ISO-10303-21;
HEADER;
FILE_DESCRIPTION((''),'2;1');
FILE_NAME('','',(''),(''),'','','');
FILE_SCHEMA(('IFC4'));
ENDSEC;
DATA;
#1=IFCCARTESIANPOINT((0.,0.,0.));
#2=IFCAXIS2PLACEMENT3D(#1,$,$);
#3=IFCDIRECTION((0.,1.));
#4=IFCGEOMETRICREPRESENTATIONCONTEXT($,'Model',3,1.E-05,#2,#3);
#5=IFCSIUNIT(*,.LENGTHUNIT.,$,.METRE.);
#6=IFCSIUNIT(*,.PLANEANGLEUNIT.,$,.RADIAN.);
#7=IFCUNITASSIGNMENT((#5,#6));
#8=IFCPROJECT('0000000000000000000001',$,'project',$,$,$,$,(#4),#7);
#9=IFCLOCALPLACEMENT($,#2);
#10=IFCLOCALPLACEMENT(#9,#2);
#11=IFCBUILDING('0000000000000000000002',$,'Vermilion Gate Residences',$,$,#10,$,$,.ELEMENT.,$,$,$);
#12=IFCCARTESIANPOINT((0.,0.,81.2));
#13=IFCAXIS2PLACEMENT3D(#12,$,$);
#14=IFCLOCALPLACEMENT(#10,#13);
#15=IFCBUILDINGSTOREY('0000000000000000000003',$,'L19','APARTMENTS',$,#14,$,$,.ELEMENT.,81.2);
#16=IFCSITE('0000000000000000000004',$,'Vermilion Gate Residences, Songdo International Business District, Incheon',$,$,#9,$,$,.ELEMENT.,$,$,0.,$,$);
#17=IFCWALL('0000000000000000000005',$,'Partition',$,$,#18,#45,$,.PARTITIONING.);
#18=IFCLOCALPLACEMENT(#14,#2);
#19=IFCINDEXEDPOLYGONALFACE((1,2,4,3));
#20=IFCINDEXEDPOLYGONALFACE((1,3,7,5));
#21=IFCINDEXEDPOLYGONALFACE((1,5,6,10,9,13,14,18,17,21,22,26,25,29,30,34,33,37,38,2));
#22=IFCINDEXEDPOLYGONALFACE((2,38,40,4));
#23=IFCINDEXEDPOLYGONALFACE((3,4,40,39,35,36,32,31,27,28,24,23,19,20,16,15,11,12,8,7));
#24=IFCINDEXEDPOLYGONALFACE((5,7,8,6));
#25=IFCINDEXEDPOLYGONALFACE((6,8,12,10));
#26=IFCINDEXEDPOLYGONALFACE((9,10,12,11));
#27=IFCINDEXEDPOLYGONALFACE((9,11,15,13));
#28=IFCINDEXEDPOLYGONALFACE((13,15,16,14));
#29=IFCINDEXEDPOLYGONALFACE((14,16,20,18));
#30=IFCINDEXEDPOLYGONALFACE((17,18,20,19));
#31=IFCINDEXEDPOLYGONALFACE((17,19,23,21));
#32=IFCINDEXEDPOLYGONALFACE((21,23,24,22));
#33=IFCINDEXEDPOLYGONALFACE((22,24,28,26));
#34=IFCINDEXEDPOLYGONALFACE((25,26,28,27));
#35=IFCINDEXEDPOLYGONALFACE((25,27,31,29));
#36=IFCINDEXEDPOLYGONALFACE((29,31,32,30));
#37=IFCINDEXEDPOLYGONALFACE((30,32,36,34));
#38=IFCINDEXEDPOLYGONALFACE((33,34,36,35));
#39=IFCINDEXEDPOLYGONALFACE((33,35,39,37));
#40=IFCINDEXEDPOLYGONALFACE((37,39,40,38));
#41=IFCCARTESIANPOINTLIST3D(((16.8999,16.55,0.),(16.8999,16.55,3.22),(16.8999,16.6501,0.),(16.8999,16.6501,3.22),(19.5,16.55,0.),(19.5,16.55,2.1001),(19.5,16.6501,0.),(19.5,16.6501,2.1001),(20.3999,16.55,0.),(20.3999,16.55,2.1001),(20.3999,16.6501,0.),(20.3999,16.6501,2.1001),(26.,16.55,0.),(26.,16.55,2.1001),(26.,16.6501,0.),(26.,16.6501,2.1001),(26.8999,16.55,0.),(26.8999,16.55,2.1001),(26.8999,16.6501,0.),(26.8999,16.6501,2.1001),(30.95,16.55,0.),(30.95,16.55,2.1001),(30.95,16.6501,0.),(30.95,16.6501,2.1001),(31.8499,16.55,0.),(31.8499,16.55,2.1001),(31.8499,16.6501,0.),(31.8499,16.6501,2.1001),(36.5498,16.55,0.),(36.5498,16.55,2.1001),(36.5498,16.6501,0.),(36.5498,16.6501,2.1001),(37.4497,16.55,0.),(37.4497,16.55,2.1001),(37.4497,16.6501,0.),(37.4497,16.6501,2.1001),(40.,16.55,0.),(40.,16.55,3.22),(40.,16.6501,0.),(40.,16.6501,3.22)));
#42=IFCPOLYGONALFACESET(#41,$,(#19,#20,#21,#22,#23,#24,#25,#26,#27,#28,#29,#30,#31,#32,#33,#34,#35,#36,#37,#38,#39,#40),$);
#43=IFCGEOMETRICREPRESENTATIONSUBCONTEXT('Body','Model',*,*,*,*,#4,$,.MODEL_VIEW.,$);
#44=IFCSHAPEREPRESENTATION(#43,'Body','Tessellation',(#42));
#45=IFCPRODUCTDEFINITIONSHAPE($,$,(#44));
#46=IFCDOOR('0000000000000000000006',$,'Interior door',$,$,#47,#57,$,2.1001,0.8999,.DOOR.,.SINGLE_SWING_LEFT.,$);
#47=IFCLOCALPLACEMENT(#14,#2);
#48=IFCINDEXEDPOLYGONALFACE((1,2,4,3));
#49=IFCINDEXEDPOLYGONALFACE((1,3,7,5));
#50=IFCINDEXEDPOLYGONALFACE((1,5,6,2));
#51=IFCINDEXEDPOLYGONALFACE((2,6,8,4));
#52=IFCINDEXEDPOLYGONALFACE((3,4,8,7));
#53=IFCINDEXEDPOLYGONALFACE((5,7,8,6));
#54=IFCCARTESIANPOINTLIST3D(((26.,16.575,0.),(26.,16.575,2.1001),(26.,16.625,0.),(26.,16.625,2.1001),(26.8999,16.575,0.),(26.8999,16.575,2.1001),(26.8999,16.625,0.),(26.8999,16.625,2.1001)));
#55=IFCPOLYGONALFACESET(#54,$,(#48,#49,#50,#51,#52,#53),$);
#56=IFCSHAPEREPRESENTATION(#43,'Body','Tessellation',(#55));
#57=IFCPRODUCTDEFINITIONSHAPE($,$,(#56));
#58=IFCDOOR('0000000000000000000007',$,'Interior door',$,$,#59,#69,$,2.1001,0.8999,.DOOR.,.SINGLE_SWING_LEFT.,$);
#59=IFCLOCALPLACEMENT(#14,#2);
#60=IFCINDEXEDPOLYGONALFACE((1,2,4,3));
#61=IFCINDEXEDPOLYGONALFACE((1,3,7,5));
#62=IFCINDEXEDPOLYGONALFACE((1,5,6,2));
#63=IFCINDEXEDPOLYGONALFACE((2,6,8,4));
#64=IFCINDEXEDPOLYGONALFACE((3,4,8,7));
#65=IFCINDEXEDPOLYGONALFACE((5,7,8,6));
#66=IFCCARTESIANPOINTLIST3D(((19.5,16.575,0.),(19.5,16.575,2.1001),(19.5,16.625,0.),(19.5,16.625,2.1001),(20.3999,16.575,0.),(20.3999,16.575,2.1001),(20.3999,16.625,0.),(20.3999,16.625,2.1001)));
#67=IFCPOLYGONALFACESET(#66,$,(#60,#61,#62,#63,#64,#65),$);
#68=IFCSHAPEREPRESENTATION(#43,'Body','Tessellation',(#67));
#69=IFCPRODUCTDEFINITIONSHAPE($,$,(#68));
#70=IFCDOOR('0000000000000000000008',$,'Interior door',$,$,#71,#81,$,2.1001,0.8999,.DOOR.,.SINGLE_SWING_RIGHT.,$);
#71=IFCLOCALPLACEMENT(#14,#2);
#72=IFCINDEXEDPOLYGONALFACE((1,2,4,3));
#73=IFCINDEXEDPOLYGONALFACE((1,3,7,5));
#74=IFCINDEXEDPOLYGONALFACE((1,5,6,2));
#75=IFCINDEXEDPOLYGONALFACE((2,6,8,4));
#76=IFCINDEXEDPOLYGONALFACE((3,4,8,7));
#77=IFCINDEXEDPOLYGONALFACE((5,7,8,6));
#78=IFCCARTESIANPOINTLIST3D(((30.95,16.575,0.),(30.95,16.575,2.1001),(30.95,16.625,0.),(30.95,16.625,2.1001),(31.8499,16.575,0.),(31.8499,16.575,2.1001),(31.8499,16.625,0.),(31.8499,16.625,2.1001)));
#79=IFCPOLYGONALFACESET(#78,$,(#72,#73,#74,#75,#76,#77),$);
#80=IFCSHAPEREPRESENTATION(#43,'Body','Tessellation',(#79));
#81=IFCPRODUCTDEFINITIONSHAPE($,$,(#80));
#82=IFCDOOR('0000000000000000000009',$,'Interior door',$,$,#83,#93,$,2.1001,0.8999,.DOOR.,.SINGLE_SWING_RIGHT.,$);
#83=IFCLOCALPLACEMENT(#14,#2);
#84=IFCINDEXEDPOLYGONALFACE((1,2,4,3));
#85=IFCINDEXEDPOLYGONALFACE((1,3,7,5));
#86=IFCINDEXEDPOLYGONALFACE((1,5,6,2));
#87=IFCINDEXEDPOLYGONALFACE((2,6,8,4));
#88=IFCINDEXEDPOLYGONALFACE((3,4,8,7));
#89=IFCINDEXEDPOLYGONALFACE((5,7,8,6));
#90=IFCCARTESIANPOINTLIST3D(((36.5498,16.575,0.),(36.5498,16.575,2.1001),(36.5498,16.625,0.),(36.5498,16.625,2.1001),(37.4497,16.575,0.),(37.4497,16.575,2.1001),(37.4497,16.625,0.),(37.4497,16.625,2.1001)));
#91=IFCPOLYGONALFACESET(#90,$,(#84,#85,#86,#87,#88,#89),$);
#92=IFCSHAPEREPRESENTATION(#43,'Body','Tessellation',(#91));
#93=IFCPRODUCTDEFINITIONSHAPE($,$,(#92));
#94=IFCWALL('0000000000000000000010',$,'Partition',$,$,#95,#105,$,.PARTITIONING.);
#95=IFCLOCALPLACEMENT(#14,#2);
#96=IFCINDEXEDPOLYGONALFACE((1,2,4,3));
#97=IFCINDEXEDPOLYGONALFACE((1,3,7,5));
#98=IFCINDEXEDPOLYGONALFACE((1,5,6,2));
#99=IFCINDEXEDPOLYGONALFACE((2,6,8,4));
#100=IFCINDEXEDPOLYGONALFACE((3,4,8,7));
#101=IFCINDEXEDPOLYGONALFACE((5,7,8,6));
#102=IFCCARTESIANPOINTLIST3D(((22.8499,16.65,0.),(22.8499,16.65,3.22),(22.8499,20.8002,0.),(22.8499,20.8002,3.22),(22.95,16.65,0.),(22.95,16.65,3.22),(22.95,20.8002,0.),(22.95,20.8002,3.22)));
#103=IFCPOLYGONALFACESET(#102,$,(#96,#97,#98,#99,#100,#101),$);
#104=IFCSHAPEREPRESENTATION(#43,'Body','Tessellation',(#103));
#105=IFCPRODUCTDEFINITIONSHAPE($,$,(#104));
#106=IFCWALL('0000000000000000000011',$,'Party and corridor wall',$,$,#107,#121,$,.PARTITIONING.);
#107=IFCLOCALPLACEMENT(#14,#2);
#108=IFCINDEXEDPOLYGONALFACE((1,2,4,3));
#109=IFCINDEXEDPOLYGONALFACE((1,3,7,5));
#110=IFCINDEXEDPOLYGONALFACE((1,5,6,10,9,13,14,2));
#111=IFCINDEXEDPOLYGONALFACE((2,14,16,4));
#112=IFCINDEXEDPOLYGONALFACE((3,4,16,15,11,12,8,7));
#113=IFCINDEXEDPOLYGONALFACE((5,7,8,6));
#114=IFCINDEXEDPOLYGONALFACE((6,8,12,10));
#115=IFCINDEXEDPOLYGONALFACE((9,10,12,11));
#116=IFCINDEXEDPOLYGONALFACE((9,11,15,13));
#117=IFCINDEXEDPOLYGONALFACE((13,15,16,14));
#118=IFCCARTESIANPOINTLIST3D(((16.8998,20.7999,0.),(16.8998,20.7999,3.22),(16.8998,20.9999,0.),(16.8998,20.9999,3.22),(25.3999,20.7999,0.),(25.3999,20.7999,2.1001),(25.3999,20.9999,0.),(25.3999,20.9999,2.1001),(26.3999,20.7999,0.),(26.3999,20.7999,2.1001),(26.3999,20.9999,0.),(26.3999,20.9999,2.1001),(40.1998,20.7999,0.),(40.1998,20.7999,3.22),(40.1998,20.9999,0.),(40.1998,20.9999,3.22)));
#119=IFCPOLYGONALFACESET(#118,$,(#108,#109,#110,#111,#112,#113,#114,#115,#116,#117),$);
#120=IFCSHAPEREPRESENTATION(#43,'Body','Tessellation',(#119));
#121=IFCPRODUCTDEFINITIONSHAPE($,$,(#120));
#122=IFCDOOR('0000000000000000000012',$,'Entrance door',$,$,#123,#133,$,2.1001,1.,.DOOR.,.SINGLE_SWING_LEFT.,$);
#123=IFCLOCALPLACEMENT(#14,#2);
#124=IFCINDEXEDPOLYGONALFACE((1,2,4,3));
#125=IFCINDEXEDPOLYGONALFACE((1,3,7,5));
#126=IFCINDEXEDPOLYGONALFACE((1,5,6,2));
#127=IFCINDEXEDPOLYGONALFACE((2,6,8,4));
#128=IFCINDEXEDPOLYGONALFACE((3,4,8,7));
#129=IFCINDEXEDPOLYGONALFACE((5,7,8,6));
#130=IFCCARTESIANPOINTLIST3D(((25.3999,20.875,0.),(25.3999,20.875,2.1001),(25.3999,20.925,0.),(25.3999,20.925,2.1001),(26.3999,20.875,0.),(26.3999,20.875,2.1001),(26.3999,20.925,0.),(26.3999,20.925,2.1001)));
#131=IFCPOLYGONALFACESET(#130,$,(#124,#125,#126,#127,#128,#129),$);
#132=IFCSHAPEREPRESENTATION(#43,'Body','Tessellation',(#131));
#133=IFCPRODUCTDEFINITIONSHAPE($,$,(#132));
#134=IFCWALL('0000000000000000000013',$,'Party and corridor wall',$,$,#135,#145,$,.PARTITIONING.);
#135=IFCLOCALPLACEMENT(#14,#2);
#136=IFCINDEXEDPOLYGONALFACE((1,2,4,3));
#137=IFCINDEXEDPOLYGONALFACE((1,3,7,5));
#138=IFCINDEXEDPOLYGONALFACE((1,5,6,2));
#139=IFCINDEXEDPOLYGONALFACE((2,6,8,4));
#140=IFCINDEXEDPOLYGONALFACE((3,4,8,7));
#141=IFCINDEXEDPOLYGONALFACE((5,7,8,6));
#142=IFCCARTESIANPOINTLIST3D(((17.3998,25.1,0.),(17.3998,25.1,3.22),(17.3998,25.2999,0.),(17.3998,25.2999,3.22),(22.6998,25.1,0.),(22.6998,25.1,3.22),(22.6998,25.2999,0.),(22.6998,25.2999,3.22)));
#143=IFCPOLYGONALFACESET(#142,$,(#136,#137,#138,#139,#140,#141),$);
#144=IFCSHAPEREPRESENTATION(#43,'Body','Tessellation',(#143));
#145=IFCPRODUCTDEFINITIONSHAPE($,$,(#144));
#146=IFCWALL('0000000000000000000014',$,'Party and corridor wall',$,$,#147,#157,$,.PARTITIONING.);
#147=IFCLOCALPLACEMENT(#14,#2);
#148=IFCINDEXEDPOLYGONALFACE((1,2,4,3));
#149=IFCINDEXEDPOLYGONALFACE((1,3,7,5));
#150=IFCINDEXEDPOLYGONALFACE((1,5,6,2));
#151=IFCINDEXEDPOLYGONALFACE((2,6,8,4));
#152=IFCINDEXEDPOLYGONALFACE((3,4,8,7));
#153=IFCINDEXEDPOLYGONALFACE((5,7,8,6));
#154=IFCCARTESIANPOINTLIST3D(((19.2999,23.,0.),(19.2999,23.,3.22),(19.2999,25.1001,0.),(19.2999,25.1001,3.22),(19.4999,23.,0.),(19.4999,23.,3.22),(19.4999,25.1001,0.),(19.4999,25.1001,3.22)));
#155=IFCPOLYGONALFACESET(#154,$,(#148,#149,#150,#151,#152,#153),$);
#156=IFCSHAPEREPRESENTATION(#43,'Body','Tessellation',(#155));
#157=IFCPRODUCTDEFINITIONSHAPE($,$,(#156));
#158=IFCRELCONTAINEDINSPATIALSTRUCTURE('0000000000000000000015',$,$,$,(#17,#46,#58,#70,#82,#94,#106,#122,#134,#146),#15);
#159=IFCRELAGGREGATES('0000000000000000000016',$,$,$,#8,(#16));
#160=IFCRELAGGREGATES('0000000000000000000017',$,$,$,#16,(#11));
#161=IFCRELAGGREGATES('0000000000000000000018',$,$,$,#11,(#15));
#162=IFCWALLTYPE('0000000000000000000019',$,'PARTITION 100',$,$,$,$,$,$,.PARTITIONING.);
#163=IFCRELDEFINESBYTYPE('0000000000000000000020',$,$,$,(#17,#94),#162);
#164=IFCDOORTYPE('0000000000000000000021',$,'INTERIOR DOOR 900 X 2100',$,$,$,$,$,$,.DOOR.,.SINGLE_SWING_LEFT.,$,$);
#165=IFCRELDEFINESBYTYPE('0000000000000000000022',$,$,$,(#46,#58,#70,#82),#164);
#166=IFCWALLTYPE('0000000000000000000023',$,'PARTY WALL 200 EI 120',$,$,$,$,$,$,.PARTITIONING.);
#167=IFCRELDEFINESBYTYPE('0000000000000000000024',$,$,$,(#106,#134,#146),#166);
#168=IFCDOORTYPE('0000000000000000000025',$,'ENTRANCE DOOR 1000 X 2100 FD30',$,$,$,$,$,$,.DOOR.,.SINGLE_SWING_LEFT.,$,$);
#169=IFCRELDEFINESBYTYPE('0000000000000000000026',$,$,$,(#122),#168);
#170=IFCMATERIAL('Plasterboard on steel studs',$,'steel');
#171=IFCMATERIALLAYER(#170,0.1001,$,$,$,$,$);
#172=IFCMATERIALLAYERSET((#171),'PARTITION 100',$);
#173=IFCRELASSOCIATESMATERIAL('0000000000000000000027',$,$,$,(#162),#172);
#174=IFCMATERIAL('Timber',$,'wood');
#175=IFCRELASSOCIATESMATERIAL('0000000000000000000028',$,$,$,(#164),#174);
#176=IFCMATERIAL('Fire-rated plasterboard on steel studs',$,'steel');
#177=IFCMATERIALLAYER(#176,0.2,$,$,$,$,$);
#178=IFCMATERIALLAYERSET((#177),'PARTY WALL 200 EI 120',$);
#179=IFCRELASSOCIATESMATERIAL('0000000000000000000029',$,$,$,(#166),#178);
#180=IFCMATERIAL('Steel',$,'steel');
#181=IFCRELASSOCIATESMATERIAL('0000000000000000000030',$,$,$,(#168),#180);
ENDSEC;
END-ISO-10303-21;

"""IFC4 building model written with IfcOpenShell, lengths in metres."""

from ifc_helpers import new_model, si_unit, direction, frame, frame_2d, origin, place, context, subcontext, project, spatial, rectangle, extrude, material, layer, layer_set, type_object, element, fill, save


model = new_model("IFC4")

# Units and contexts
model_context = context("Model", 3, precision=1e-05, world=origin(), true_north=direction((0.0, 1.0)))
body_context = subcontext(model_context, "Body", "Model", "MODEL_VIEW")
ifc_project = project(units=[si_unit("LENGTHUNIT", "METRE"), si_unit("PLANEANGLEUNIT", "RADIAN")], contexts=[model_context])

# Site, building, storey
site_placement = place(None, origin())
site = spatial("IfcSite", under=ifc_project, at=site_placement, Name="Vermilion Gate Residences, Songdo International Business District, Incheon", CompositionType="ELEMENT", RefElevation=0.0)
building_placement = place(site_placement, origin())
building = spatial("IfcBuilding", under=site, at=building_placement, Name="Vermilion Gate Residences", CompositionType="ELEMENT")
storey_placement = place(building_placement, frame((0.0, 0.0, 81.2)))
storey = spatial("IfcBuildingStorey", under=building, at=storey_placement, Name="L19", Description="APARTMENTS", CompositionType="ELEMENT", Elevation=81.2)

# Wall, openings, doors
ifc_material_1 = material(Name="Plasterboard on steel studs", Category="steel")
ifc_layer_1 = layer(ifc_material_1, 0.1001)
ifc_layer_set_1 = layer_set([ifc_layer_1], Name="PARTITION 100")
wall_type_1 = type_object("IfcWallType", Name="PARTITION 100", PredefinedType="PARTITIONING", material=ifc_layer_set_1)
wall_1_placement = place(storey_placement, frame((16.8999, 16.6001, 0.0), z_axis=(0.0, 0.0, 1.0), x_axis=(1.0, 0.0, 0.0)))
wall_1 = element("IfcWall", 1, at=wall_1_placement, inside=storey, type_object=wall_type_1, Name="Partition", PredefinedType="PARTITIONING", context=body_context, shape_type="SweptSolid", body=[
    extrude(rectangle(XDim=23.1001, YDim=0.1001, at=frame_2d((11.55, 0.0))), origin(), (0.0, 0.0, 1.0), 3.22),
])
opening_1_placement = place(wall_1_placement, frame((9.1001, 0.0, 0.0)))
opening_1 = element("IfcOpeningElement", 2, at=opening_1_placement, cuts=wall_1, PredefinedType="OPENING", context=body_context, shape_type="SweptSolid", body=[
    extrude(rectangle(XDim=0.8999, YDim=2.1001, at=frame_2d((0.45, 1.05))), frame((0.0, 0.0601, 0.0), z_axis=(0.0, -1.0, 0.0), x_axis=(1.0, 0.0, 0.0)), (0.0, 0.0, 1.0), 0.1201),
])
opening_2_placement = place(wall_1_placement, frame((2.6001, 0.0, 0.0)))
opening_2 = element("IfcOpeningElement", 3, at=opening_2_placement, cuts=wall_1, PredefinedType="OPENING", context=body_context, shape_type="SweptSolid", body=[
    extrude(rectangle(XDim=0.8999, YDim=2.1001, at=frame_2d((0.45, 1.05))), frame((0.0, 0.0601, 0.0), z_axis=(0.0, -1.0, 0.0), x_axis=(1.0, 0.0, 0.0)), (0.0, 0.0, 1.0), 0.1201),
])
opening_3_placement = place(wall_1_placement, frame((14.05, 0.0, 0.0)))
opening_3 = element("IfcOpeningElement", 4, at=opening_3_placement, cuts=wall_1, PredefinedType="OPENING", context=body_context, shape_type="SweptSolid", body=[
    extrude(rectangle(XDim=0.8999, YDim=2.1001, at=frame_2d((0.45, 1.05))), frame((0.0, 0.0601, 0.0), z_axis=(0.0, -1.0, 0.0), x_axis=(1.0, 0.0, 0.0)), (0.0, 0.0, 1.0), 0.1201),
])
opening_4_placement = place(wall_1_placement, frame((19.6499, 0.0, 0.0)))
opening_4 = element("IfcOpeningElement", 5, at=opening_4_placement, cuts=wall_1, PredefinedType="OPENING", context=body_context, shape_type="SweptSolid", body=[
    extrude(rectangle(XDim=0.8999, YDim=2.1001, at=frame_2d((0.45, 1.05))), frame((0.0, 0.0601, 0.0), z_axis=(0.0, -1.0, 0.0), x_axis=(1.0, 0.0, 0.0)), (0.0, 0.0, 1.0), 0.1201),
])
ifc_material_2 = material(Name="Timber", Category="wood")
door_type_1 = type_object("IfcDoorType", Name="INTERIOR DOOR 900 X 2100", OperationType="SINGLE_SWING_LEFT", PredefinedType="DOOR", material=ifc_material_2)
door_1_placement = place(opening_1_placement, origin())
door_1 = element("IfcDoor", 6, at=door_1_placement, inside=storey, type_object=door_type_1, Name="Interior door", OperationType="SINGLE_SWING_LEFT", OverallHeight=2.1001, OverallWidth=0.8999, PredefinedType="DOOR", context=body_context, shape_type="SweptSolid", body=[
    extrude(rectangle(XDim=0.8999, YDim=2.1001, at=frame_2d((0.45, 1.05))), frame((0.0, 0.0249, 0.0), z_axis=(0.0, -1.0, 0.0), x_axis=(1.0, 0.0, 0.0)), (0.0, 0.0, 1.0), 0.05),
])
fill(opening_1, door_1)
door_2_placement = place(opening_2_placement, origin())
door_2 = element("IfcDoor", 7, at=door_2_placement, inside=storey, type_object=door_type_1, Name="Interior door", OperationType="SINGLE_SWING_LEFT", OverallHeight=2.1001, OverallWidth=0.8999, PredefinedType="DOOR", context=body_context, shape_type="SweptSolid", body=[
    extrude(rectangle(XDim=0.8999, YDim=2.1001, at=frame_2d((0.45, 1.05))), frame((0.0, 0.0249, 0.0), z_axis=(0.0, -1.0, 0.0), x_axis=(1.0, 0.0, 0.0)), (0.0, 0.0, 1.0), 0.05),
])
fill(opening_2, door_2)
door_3_placement = place(opening_3_placement, origin())
door_3 = element("IfcDoor", 8, at=door_3_placement, inside=storey, type_object=door_type_1, Name="Interior door", OperationType="SINGLE_SWING_RIGHT", OverallHeight=2.1001, OverallWidth=0.8999, PredefinedType="DOOR", context=body_context, shape_type="SweptSolid", body=[
    extrude(rectangle(XDim=0.8999, YDim=2.1001, at=frame_2d((0.45, 1.05))), frame((0.0, 0.0249, 0.0), z_axis=(0.0, -1.0, 0.0), x_axis=(1.0, 0.0, 0.0)), (0.0, 0.0, 1.0), 0.05),
])
fill(opening_3, door_3)
door_4_placement = place(opening_4_placement, origin())
door_4 = element("IfcDoor", 9, at=door_4_placement, inside=storey, type_object=door_type_1, Name="Interior door", OperationType="SINGLE_SWING_RIGHT", OverallHeight=2.1001, OverallWidth=0.8999, PredefinedType="DOOR", context=body_context, shape_type="SweptSolid", body=[
    extrude(rectangle(XDim=0.8999, YDim=2.1001, at=frame_2d((0.45, 1.05))), frame((0.0, 0.0249, 0.0), z_axis=(0.0, -1.0, 0.0), x_axis=(1.0, 0.0, 0.0)), (0.0, 0.0, 1.0), 0.05),
])
fill(opening_4, door_4)

# Wall
wall_2_placement = place(storey_placement, frame((22.8999, 16.6499, 0.0), z_axis=(0.0, 0.0, 1.0), x_axis=(0.0, 1.0, 0.0)))
element("IfcWall", 10, at=wall_2_placement, inside=storey, type_object=wall_type_1, Name="Partition", PredefinedType="PARTITIONING", context=body_context, shape_type="SweptSolid", body=[
    extrude(rectangle(XDim=4.1501, YDim=0.1001, at=frame_2d((2.0752, 0.0))), origin(), (0.0, 0.0, 1.0), 3.22),
])

# Wall, opening, door
ifc_material_3 = material(Name="Fire-rated plasterboard on steel studs", Category="steel")
ifc_layer_2 = layer(ifc_material_3, 0.2)
ifc_layer_set_2 = layer_set([ifc_layer_2], Name="PARTY WALL 200 EI 120")
wall_type_2 = type_object("IfcWallType", Name="PARTY WALL 200 EI 120", PredefinedType="PARTITIONING", material=ifc_layer_set_2)
wall_3_placement = place(storey_placement, frame((16.8999, 20.8999, 0.0), z_axis=(0.0, 0.0, 1.0), x_axis=(1.0, 0.0, 0.0)))
wall_3 = element("IfcWall", 11, at=wall_3_placement, inside=storey, type_object=wall_type_2, Name="Party and corridor wall", PredefinedType="PARTITIONING", context=body_context, shape_type="SweptSolid", body=[
    extrude(rectangle(XDim=23.3, YDim=0.2, at=frame_2d((11.6499, 0.0))), origin(), (0.0, 0.0, 1.0), 3.22),
])
opening_5_placement = place(wall_3_placement, frame((8.5, 0.0, 0.0)))
opening_5 = element("IfcOpeningElement", 12, at=opening_5_placement, cuts=wall_3, PredefinedType="OPENING", context=body_context, shape_type="SweptSolid", body=[
    extrude(rectangle(XDim=1.0, YDim=2.1001, at=frame_2d((0.5, 1.05))), frame((0.0, 0.1099, 0.0), z_axis=(0.0, -1.0, 0.0), x_axis=(1.0, 0.0, 0.0)), (0.0, 0.0, 1.0), 0.22),
])
ifc_material_4 = material(Name="Steel", Category="steel")
door_type_2 = type_object("IfcDoorType", Name="ENTRANCE DOOR 1000 X 2100 FD30", OperationType="SINGLE_SWING_LEFT", PredefinedType="DOOR", material=ifc_material_4)
door_5_placement = place(opening_5_placement, frame((1.0, 0.0, 0.0), z_axis=(0.0, 0.0, 1.0), x_axis=(-1.0, 0.0, 0.0)))
door_5 = element("IfcDoor", 13, at=door_5_placement, inside=storey, type_object=door_type_2, Name="Entrance door", OperationType="SINGLE_SWING_LEFT", OverallHeight=2.1001, OverallWidth=1.0, PredefinedType="DOOR", context=body_context, shape_type="SweptSolid", body=[
    extrude(rectangle(XDim=1.0, YDim=2.1001, at=frame_2d((0.5, 1.05))), frame((0.0, 0.0249, 0.0), z_axis=(0.0, -1.0, 0.0), x_axis=(1.0, 0.0, 0.0)), (0.0, 0.0, 1.0), 0.05),
])
fill(opening_5, door_5)

# Walls
wall_4_placement = place(storey_placement, frame((17.3999, 25.2, 0.0), z_axis=(0.0, 0.0, 1.0), x_axis=(1.0, 0.0, 0.0)))
element("IfcWall", 14, at=wall_4_placement, inside=storey, type_object=wall_type_2, Name="Party and corridor wall", PredefinedType="PARTITIONING", context=body_context, shape_type="SweptSolid", body=[
    extrude(rectangle(XDim=5.3, YDim=0.2, at=frame_2d((2.6499, 0.0))), origin(), (0.0, 0.0, 1.0), 3.22),
])
wall_5_placement = place(storey_placement, frame((19.3999, 23.0, 0.0), z_axis=(0.0, 0.0, 1.0), x_axis=(0.0, 1.0, 0.0)))
element("IfcWall", 15, at=wall_5_placement, inside=storey, type_object=wall_type_2, Name="Party and corridor wall", PredefinedType="PARTITIONING", context=body_context, shape_type="SweptSolid", body=[
    extrude(rectangle(XDim=2.1001, YDim=0.2, at=frame_2d((1.05, 0.0))), origin(), (0.0, 0.0, 1.0), 3.22),
])

save(model, "model.ifc")
